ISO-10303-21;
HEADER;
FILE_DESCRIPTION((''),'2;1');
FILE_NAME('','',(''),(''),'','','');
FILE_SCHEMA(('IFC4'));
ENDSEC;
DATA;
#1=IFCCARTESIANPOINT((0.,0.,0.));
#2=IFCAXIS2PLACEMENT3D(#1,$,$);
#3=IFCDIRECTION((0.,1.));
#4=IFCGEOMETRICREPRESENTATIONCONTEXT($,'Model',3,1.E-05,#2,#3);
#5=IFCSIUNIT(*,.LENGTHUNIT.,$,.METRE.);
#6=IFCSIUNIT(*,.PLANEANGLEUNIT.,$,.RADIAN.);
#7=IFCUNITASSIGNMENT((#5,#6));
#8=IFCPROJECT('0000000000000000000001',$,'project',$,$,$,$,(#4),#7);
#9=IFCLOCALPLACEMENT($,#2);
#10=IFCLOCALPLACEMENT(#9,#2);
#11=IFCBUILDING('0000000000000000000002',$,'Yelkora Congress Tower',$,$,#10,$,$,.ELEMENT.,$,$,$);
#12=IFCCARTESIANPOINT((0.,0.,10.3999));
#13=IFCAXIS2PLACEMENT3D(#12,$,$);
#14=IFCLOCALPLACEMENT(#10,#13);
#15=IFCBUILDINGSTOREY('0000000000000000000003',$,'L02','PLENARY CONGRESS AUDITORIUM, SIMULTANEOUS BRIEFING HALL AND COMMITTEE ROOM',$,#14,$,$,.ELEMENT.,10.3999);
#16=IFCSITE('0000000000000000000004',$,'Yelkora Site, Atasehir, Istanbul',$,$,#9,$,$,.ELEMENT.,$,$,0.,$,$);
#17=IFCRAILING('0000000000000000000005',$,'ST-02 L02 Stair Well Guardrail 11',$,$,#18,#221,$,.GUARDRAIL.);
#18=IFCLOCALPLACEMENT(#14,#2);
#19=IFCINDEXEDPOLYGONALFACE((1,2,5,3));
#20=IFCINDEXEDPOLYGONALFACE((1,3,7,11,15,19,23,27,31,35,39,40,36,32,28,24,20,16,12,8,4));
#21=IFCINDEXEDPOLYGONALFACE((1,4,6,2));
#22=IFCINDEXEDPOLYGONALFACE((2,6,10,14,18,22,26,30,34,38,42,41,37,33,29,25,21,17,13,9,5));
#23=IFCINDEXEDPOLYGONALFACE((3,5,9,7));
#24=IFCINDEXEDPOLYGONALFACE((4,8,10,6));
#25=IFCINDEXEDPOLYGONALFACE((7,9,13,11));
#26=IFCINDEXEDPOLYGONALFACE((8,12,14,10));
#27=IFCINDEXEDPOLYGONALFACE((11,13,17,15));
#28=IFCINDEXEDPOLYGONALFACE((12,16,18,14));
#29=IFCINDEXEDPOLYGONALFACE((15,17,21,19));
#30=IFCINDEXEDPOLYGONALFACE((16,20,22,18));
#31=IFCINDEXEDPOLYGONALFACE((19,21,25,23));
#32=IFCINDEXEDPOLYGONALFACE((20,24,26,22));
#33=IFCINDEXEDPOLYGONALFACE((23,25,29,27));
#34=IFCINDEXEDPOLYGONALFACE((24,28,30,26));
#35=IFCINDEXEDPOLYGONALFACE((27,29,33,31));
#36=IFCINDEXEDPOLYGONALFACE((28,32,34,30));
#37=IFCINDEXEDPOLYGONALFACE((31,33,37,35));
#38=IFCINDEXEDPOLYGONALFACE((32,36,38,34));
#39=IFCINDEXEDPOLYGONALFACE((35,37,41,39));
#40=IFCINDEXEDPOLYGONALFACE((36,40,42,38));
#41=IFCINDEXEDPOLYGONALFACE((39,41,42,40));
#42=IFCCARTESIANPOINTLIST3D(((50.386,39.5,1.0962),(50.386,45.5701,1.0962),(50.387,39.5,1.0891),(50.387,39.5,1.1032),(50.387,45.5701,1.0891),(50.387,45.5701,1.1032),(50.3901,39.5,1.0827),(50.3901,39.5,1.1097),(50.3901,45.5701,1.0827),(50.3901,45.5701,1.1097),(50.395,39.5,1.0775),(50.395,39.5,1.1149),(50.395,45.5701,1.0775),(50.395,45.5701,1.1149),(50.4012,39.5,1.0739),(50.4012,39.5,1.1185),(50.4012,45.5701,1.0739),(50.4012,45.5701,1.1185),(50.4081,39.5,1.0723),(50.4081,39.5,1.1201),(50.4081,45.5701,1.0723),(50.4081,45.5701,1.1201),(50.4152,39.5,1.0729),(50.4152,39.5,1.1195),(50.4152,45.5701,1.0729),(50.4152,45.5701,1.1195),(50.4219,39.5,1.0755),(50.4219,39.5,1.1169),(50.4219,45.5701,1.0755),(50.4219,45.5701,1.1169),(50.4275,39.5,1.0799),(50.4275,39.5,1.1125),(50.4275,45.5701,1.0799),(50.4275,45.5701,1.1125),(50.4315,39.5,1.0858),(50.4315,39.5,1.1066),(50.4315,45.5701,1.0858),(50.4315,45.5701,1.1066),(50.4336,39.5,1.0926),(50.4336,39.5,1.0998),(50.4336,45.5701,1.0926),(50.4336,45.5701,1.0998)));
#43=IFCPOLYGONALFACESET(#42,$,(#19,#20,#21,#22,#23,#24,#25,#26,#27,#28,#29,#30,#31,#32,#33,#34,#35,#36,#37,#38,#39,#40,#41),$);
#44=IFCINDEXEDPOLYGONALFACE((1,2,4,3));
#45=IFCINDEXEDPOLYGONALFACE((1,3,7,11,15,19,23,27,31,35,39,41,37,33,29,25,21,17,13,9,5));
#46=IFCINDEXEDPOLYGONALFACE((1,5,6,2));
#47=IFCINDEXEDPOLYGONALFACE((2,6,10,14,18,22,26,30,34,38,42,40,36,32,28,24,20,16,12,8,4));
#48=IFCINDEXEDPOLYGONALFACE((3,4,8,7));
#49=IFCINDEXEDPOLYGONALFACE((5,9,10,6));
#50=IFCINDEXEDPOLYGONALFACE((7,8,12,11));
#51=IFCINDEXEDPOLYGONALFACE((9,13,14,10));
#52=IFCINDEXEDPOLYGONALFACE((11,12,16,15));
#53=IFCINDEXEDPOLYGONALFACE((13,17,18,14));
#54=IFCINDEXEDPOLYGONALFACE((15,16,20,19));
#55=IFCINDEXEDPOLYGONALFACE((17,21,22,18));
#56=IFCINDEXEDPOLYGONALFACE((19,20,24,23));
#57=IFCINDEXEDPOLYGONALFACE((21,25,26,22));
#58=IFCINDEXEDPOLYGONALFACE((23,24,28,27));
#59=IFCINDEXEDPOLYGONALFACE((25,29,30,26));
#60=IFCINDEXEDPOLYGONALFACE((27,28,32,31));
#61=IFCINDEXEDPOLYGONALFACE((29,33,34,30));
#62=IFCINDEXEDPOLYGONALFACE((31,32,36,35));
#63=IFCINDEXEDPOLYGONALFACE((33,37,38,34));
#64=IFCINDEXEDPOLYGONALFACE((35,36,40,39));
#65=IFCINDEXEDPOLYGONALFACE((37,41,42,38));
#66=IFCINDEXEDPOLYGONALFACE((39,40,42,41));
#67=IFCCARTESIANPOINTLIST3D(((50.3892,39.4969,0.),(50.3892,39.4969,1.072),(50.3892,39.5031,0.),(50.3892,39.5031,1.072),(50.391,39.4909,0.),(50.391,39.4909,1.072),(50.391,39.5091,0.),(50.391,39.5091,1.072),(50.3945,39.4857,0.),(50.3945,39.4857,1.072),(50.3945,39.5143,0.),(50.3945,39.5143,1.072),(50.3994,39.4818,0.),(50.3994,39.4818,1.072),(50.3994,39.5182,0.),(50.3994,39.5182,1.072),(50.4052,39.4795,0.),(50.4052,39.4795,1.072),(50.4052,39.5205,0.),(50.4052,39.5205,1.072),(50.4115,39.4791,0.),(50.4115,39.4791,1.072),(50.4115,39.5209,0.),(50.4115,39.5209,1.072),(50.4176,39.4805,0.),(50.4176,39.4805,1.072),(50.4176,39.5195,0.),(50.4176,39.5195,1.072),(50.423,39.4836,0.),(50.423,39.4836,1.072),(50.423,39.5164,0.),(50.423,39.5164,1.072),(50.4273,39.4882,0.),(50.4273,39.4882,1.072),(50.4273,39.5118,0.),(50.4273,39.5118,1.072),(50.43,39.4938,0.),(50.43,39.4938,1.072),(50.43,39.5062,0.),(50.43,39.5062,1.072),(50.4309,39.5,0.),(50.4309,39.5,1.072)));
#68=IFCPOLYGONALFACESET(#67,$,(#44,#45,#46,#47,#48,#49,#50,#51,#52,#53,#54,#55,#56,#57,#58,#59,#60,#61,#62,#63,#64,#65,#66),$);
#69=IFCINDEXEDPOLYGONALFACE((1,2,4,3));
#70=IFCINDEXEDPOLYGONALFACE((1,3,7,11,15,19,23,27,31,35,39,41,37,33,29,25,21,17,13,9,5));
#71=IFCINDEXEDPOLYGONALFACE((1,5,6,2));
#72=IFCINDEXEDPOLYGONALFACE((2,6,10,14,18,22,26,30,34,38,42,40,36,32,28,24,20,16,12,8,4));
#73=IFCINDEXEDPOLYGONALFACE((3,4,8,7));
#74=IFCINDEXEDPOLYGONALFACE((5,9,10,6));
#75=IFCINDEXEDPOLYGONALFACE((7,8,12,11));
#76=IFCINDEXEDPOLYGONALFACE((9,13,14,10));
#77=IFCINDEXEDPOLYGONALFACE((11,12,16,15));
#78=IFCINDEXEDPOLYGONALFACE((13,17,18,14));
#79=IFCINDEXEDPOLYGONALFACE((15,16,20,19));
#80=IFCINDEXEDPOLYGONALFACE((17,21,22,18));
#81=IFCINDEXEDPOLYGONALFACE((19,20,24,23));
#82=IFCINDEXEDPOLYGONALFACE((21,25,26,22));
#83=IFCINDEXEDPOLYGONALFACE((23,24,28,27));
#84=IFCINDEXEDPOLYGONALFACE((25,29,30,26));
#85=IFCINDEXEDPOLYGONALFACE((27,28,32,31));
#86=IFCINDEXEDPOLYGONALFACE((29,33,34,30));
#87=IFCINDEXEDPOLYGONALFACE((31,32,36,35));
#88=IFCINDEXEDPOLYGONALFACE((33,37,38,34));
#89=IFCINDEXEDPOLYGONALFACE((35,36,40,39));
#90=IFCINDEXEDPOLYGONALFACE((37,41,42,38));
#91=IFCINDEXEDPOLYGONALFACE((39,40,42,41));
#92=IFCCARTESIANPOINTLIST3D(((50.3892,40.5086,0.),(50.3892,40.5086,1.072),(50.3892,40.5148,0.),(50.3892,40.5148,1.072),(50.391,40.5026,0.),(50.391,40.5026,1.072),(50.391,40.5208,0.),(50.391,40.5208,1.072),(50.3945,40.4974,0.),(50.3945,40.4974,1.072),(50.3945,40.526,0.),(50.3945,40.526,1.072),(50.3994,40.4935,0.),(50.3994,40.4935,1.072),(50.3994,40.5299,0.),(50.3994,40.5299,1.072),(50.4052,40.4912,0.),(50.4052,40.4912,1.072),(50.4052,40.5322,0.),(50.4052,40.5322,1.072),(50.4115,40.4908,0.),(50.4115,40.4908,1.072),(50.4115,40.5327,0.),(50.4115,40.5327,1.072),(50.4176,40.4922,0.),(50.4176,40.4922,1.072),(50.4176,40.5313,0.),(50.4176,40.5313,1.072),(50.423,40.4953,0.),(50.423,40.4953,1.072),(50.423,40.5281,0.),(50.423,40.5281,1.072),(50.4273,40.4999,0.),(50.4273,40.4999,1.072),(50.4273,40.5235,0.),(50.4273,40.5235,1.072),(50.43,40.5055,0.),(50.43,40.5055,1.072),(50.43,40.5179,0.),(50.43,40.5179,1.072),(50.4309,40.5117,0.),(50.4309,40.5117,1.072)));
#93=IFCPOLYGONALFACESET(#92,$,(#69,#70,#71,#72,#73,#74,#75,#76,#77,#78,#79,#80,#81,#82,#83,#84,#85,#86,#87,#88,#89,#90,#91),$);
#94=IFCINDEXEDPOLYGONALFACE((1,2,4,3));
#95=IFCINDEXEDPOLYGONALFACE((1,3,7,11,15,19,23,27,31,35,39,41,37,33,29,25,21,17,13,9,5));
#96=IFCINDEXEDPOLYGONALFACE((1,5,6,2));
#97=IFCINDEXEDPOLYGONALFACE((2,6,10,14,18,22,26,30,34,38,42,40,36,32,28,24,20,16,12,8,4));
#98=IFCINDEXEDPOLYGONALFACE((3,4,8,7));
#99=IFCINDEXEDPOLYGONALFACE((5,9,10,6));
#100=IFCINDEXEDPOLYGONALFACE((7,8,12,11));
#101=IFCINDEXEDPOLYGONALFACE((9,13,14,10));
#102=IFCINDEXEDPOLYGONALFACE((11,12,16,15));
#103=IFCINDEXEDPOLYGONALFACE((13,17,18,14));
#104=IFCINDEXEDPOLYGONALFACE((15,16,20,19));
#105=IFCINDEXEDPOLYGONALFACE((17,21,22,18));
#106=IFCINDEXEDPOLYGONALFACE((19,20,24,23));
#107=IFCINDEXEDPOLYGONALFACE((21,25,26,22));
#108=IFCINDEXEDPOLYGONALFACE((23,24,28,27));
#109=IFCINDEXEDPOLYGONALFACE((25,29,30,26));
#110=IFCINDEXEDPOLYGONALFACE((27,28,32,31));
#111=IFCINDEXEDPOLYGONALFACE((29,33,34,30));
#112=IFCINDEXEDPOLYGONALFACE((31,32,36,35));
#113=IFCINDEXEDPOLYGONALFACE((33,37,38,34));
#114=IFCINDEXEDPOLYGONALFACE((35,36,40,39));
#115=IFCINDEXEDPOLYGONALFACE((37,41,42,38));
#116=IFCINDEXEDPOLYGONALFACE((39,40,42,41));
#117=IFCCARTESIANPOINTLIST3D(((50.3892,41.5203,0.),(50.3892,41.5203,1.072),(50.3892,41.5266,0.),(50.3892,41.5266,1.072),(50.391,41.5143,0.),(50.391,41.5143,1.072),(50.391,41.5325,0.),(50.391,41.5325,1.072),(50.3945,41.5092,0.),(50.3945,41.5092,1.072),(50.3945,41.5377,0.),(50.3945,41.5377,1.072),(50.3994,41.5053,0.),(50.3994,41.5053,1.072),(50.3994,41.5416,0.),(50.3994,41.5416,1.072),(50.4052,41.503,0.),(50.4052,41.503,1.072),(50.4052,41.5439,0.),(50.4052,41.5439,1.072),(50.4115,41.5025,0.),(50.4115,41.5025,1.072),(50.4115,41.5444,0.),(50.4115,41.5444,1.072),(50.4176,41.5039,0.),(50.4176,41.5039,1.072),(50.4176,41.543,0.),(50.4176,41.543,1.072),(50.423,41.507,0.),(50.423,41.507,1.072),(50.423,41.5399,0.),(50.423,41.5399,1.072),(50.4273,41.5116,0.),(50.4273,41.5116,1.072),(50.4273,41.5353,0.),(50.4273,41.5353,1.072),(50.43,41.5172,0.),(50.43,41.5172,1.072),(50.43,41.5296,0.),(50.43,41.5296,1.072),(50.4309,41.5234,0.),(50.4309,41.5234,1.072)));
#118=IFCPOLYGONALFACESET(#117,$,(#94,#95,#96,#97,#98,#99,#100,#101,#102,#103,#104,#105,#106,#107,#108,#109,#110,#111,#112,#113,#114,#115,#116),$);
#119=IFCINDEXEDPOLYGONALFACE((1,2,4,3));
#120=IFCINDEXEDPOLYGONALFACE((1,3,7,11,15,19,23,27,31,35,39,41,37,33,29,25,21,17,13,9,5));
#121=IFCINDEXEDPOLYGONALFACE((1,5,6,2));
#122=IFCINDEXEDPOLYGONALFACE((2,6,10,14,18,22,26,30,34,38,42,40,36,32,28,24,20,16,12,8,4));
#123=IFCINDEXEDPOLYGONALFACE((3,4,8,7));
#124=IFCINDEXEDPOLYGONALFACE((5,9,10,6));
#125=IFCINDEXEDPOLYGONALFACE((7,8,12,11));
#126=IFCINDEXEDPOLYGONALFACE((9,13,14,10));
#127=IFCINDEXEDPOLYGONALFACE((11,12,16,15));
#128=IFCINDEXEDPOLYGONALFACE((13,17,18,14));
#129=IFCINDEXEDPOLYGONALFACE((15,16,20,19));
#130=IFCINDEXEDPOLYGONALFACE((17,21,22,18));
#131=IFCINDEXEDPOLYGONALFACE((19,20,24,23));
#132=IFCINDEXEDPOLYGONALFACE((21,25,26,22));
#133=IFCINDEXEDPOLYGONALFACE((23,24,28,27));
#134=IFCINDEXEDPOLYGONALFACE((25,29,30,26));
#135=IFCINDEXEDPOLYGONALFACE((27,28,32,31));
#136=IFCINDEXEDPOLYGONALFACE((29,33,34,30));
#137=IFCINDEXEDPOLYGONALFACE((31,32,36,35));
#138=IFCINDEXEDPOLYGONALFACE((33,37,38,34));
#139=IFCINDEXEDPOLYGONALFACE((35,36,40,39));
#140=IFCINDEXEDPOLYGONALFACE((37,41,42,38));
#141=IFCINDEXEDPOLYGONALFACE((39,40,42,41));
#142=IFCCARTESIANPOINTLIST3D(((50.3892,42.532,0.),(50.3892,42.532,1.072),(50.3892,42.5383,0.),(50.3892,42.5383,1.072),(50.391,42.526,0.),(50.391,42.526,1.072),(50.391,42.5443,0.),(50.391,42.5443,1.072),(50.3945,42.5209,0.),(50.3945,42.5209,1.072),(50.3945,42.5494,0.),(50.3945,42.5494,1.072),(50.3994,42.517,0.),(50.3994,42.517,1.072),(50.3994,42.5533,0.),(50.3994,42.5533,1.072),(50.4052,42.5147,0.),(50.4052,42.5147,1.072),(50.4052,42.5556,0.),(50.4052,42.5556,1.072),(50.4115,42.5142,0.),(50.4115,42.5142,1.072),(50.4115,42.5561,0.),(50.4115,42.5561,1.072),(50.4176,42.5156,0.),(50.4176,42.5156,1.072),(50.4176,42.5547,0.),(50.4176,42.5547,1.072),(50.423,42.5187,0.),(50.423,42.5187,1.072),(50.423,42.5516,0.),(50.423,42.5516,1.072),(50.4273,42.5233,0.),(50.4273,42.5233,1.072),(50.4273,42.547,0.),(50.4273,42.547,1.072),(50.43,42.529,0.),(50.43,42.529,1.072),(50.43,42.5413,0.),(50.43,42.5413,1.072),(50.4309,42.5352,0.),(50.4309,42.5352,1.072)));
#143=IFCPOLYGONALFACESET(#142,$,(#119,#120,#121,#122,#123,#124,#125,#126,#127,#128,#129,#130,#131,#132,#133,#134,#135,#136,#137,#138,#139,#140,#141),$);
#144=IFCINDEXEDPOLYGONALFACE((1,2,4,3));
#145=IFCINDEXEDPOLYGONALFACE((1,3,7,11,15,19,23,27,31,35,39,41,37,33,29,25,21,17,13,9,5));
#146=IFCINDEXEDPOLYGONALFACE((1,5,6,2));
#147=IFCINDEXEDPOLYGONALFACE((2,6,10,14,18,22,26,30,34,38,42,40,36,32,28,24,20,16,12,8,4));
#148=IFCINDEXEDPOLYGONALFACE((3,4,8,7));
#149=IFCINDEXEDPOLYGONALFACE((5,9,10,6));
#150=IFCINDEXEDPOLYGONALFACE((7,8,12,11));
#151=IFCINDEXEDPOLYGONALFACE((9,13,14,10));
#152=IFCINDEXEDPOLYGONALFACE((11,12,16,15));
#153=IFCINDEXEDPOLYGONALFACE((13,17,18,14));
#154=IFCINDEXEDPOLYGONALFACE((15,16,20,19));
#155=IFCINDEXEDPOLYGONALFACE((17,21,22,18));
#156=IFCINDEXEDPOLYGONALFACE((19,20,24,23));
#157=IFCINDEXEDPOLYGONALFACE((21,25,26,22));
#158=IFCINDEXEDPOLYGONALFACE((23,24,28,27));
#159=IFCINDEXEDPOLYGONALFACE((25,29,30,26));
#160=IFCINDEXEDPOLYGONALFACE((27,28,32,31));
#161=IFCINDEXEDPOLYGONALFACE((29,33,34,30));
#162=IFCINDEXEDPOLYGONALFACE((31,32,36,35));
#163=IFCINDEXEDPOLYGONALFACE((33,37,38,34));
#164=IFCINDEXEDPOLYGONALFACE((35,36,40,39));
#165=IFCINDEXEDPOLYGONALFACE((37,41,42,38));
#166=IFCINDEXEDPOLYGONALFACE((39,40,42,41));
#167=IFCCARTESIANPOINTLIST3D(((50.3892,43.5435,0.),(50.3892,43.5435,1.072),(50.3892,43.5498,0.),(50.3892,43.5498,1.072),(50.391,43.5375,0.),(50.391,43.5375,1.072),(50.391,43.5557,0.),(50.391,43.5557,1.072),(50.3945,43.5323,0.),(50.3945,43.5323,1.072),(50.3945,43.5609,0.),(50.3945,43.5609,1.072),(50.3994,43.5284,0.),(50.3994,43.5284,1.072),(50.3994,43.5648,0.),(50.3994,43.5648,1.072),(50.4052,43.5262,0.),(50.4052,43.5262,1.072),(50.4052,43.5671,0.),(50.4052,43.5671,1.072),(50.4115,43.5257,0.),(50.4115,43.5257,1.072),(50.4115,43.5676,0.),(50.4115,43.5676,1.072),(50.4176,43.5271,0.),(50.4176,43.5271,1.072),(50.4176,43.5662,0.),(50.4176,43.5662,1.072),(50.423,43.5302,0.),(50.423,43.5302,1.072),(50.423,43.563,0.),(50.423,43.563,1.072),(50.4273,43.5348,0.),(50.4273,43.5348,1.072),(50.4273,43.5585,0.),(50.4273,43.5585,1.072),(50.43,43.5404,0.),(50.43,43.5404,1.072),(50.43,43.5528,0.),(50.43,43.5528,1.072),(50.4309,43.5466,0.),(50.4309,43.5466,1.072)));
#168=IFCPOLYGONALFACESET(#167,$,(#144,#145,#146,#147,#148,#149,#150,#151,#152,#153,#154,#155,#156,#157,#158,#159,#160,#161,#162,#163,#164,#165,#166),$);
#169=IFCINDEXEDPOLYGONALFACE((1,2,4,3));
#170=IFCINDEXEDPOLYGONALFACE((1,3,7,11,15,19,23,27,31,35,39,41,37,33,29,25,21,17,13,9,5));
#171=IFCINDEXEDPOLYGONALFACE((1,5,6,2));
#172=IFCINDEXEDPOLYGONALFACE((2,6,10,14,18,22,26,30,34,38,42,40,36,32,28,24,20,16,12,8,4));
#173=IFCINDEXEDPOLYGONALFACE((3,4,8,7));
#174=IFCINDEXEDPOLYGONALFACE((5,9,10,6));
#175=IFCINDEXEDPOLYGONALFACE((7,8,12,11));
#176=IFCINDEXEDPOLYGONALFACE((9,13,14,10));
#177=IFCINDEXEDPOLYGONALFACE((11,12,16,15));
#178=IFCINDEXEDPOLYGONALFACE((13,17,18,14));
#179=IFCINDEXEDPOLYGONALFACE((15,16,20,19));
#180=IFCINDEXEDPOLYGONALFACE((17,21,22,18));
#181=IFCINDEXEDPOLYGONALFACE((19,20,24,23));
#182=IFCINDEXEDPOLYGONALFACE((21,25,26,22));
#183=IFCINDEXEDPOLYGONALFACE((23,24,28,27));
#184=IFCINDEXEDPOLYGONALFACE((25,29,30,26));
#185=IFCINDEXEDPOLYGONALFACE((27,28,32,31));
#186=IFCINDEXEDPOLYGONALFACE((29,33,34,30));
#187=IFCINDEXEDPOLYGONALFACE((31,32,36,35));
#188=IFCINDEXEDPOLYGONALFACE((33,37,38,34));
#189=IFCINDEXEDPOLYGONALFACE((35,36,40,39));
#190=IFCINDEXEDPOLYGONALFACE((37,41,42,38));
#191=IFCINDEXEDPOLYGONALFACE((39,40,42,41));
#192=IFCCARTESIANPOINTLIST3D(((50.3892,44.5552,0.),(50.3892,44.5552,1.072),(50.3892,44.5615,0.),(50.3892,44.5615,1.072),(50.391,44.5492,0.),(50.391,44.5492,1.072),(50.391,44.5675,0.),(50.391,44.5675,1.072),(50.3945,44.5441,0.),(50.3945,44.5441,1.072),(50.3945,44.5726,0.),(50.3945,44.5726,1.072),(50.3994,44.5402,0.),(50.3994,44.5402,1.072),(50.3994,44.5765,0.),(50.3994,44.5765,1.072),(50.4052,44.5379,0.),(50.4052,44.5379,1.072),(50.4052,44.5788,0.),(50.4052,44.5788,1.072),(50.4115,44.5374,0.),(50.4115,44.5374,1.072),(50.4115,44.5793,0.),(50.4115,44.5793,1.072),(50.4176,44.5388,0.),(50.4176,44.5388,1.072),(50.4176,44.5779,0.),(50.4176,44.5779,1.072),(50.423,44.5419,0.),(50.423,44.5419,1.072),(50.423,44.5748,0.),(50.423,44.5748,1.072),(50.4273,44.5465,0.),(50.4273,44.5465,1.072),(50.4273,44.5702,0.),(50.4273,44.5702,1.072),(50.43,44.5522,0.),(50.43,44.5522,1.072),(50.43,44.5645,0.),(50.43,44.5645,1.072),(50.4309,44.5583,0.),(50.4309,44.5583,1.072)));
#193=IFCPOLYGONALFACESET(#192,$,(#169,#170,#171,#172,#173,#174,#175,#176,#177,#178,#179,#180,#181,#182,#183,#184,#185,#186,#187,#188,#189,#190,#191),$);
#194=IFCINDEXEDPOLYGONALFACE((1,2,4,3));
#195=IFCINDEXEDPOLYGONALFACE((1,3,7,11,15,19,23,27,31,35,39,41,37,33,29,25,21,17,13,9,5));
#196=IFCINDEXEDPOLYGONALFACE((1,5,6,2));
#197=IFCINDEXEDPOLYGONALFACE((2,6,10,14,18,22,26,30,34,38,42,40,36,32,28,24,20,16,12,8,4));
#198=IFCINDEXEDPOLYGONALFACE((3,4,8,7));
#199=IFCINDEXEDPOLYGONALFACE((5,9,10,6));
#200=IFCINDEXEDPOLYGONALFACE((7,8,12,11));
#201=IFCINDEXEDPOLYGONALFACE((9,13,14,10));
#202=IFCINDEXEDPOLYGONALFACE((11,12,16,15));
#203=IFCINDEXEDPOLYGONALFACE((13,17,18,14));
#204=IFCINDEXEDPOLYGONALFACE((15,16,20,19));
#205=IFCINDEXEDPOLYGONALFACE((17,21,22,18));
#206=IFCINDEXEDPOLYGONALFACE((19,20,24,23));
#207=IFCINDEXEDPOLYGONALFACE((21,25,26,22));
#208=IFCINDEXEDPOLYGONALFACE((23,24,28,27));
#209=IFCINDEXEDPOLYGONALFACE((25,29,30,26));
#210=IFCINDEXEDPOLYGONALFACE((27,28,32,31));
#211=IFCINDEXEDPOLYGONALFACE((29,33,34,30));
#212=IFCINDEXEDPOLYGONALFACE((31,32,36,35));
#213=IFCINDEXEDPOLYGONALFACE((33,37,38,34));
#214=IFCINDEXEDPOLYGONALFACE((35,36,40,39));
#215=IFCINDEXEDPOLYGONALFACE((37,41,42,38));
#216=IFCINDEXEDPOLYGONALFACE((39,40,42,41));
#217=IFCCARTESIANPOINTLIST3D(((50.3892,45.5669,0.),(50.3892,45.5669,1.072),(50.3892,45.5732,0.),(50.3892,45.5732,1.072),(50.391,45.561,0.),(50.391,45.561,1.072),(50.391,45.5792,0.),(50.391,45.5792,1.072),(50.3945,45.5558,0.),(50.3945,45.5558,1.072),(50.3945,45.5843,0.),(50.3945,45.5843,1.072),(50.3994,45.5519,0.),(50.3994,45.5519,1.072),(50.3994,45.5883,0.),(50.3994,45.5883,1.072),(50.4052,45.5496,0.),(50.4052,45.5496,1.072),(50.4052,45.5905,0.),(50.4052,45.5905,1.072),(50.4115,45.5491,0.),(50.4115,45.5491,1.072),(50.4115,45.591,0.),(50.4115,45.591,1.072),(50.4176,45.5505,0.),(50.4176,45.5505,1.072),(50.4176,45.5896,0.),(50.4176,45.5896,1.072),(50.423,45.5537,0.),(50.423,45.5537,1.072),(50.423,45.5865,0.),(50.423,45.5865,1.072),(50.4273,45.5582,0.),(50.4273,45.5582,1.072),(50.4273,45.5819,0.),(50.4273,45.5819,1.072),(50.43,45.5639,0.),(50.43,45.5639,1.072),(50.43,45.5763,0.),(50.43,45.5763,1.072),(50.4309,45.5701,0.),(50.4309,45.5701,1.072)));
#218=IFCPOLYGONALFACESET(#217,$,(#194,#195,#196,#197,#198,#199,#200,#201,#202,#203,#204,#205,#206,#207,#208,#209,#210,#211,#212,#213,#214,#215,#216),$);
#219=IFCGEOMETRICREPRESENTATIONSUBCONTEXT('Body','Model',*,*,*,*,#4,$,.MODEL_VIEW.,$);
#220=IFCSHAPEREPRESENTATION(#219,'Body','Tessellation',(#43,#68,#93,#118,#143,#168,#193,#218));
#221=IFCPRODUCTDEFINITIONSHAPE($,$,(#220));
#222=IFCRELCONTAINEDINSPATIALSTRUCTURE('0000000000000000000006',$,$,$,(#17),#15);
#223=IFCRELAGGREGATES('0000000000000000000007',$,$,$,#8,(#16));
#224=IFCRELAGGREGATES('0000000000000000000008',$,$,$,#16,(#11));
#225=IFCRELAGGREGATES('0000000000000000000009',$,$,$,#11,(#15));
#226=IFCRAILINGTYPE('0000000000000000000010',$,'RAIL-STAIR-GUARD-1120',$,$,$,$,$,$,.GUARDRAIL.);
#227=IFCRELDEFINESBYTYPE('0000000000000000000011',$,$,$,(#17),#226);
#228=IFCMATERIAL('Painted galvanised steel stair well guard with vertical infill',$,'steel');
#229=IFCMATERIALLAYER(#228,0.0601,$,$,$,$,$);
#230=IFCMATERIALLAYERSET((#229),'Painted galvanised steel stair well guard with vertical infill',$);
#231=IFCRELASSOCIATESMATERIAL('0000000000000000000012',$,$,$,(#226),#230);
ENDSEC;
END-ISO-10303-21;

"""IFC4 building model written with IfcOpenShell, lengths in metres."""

from ifc_helpers import new_model, si_unit, direction, frame, origin, origin_2d, place, context, subcontext, project, spatial, circle, extrude, material, layer, layer_set, type_object, element, save


model = new_model("IFC4")

# Units and contexts
model_context = context("Model", 3, precision=1e-05, world=origin(), true_north=direction((0.0, 1.0)))
body_context = subcontext(model_context, "Body", "Model", "MODEL_VIEW")
ifc_project = project(units=[si_unit("LENGTHUNIT", "METRE"), si_unit("PLANEANGLEUNIT", "RADIAN")], contexts=[model_context])

# Site, building, storey
site_placement = place(None, origin())
site = spatial("IfcSite", under=ifc_project, at=site_placement, Name="Yelkora Site, Atasehir, Istanbul", CompositionType="ELEMENT", RefElevation=0.0)
building_placement = place(site_placement, origin())
building = spatial("IfcBuilding", under=site, at=building_placement, Name="Yelkora Congress Tower", CompositionType="ELEMENT")
storey_placement = place(building_placement, frame((0.0, 0.0, 10.3999)))
storey = spatial("IfcBuildingStorey", under=building, at=storey_placement, Name="L02", Description="PLENARY CONGRESS AUDITORIUM, SIMULTANEOUS BRIEFING HALL AND COMMITTEE ROOM", CompositionType="ELEMENT", Elevation=10.3999)

# Railing
ifc_material_1 = material(Name="Painted galvanised steel stair well guard with vertical infill", Category="steel")
ifc_layer_1 = layer(ifc_material_1, 0.0601)
ifc_layer_set_1 = layer_set([ifc_layer_1], Name="Painted galvanised steel stair well guard with vertical infill")
railing_type_1 = type_object("IfcRailingType", Name="RAIL-STAIR-GUARD-1120", PredefinedType="GUARDRAIL", material=ifc_layer_set_1)
railing_1_placement = place(storey_placement, frame((50.4099, 39.5, 0.0)))
element("IfcRailing", 1, at=railing_1_placement, inside=storey, type_object=railing_type_1, Name="ST-02 L02 Stair Well Guardrail 11", PredefinedType="GUARDRAIL", context=body_context, shape_type="SweptSolid", body=[
    extrude(circle(Radius=0.0239, at=origin_2d()), frame((0.0, 0.0, 1.0962), z_axis=(0.0, 1.0, 0.0), x_axis=(-1.0, 0.0, 0.0)), (0.0, 0.0, 1.0), 6.0701),
    extrude(circle(Radius=0.021, at=origin_2d()), origin(), (0.0, 0.0, 1.0), 1.072),
    extrude(circle(Radius=0.021, at=origin_2d()), frame((0.0, 1.0117, 0.0)), (0.0, 0.0, 1.0), 1.072),
    extrude(circle(Radius=0.021, at=origin_2d()), frame((0.0, 2.0234, 0.0)), (0.0, 0.0, 1.0), 1.072),
    extrude(circle(Radius=0.021, at=origin_2d()), frame((0.0, 3.0352, 0.0)), (0.0, 0.0, 1.0), 1.072),
    extrude(circle(Radius=0.021, at=origin_2d()), frame((0.0, 4.0466, 0.0)), (0.0, 0.0, 1.0), 1.072),
    extrude(circle(Radius=0.021, at=origin_2d()), frame((0.0, 5.0583, 0.0)), (0.0, 0.0, 1.0), 1.072),
    extrude(circle(Radius=0.021, at=origin_2d()), frame((0.0, 6.0701, 0.0)), (0.0, 0.0, 1.0), 1.072),
])

save(model, "model.ifc")
